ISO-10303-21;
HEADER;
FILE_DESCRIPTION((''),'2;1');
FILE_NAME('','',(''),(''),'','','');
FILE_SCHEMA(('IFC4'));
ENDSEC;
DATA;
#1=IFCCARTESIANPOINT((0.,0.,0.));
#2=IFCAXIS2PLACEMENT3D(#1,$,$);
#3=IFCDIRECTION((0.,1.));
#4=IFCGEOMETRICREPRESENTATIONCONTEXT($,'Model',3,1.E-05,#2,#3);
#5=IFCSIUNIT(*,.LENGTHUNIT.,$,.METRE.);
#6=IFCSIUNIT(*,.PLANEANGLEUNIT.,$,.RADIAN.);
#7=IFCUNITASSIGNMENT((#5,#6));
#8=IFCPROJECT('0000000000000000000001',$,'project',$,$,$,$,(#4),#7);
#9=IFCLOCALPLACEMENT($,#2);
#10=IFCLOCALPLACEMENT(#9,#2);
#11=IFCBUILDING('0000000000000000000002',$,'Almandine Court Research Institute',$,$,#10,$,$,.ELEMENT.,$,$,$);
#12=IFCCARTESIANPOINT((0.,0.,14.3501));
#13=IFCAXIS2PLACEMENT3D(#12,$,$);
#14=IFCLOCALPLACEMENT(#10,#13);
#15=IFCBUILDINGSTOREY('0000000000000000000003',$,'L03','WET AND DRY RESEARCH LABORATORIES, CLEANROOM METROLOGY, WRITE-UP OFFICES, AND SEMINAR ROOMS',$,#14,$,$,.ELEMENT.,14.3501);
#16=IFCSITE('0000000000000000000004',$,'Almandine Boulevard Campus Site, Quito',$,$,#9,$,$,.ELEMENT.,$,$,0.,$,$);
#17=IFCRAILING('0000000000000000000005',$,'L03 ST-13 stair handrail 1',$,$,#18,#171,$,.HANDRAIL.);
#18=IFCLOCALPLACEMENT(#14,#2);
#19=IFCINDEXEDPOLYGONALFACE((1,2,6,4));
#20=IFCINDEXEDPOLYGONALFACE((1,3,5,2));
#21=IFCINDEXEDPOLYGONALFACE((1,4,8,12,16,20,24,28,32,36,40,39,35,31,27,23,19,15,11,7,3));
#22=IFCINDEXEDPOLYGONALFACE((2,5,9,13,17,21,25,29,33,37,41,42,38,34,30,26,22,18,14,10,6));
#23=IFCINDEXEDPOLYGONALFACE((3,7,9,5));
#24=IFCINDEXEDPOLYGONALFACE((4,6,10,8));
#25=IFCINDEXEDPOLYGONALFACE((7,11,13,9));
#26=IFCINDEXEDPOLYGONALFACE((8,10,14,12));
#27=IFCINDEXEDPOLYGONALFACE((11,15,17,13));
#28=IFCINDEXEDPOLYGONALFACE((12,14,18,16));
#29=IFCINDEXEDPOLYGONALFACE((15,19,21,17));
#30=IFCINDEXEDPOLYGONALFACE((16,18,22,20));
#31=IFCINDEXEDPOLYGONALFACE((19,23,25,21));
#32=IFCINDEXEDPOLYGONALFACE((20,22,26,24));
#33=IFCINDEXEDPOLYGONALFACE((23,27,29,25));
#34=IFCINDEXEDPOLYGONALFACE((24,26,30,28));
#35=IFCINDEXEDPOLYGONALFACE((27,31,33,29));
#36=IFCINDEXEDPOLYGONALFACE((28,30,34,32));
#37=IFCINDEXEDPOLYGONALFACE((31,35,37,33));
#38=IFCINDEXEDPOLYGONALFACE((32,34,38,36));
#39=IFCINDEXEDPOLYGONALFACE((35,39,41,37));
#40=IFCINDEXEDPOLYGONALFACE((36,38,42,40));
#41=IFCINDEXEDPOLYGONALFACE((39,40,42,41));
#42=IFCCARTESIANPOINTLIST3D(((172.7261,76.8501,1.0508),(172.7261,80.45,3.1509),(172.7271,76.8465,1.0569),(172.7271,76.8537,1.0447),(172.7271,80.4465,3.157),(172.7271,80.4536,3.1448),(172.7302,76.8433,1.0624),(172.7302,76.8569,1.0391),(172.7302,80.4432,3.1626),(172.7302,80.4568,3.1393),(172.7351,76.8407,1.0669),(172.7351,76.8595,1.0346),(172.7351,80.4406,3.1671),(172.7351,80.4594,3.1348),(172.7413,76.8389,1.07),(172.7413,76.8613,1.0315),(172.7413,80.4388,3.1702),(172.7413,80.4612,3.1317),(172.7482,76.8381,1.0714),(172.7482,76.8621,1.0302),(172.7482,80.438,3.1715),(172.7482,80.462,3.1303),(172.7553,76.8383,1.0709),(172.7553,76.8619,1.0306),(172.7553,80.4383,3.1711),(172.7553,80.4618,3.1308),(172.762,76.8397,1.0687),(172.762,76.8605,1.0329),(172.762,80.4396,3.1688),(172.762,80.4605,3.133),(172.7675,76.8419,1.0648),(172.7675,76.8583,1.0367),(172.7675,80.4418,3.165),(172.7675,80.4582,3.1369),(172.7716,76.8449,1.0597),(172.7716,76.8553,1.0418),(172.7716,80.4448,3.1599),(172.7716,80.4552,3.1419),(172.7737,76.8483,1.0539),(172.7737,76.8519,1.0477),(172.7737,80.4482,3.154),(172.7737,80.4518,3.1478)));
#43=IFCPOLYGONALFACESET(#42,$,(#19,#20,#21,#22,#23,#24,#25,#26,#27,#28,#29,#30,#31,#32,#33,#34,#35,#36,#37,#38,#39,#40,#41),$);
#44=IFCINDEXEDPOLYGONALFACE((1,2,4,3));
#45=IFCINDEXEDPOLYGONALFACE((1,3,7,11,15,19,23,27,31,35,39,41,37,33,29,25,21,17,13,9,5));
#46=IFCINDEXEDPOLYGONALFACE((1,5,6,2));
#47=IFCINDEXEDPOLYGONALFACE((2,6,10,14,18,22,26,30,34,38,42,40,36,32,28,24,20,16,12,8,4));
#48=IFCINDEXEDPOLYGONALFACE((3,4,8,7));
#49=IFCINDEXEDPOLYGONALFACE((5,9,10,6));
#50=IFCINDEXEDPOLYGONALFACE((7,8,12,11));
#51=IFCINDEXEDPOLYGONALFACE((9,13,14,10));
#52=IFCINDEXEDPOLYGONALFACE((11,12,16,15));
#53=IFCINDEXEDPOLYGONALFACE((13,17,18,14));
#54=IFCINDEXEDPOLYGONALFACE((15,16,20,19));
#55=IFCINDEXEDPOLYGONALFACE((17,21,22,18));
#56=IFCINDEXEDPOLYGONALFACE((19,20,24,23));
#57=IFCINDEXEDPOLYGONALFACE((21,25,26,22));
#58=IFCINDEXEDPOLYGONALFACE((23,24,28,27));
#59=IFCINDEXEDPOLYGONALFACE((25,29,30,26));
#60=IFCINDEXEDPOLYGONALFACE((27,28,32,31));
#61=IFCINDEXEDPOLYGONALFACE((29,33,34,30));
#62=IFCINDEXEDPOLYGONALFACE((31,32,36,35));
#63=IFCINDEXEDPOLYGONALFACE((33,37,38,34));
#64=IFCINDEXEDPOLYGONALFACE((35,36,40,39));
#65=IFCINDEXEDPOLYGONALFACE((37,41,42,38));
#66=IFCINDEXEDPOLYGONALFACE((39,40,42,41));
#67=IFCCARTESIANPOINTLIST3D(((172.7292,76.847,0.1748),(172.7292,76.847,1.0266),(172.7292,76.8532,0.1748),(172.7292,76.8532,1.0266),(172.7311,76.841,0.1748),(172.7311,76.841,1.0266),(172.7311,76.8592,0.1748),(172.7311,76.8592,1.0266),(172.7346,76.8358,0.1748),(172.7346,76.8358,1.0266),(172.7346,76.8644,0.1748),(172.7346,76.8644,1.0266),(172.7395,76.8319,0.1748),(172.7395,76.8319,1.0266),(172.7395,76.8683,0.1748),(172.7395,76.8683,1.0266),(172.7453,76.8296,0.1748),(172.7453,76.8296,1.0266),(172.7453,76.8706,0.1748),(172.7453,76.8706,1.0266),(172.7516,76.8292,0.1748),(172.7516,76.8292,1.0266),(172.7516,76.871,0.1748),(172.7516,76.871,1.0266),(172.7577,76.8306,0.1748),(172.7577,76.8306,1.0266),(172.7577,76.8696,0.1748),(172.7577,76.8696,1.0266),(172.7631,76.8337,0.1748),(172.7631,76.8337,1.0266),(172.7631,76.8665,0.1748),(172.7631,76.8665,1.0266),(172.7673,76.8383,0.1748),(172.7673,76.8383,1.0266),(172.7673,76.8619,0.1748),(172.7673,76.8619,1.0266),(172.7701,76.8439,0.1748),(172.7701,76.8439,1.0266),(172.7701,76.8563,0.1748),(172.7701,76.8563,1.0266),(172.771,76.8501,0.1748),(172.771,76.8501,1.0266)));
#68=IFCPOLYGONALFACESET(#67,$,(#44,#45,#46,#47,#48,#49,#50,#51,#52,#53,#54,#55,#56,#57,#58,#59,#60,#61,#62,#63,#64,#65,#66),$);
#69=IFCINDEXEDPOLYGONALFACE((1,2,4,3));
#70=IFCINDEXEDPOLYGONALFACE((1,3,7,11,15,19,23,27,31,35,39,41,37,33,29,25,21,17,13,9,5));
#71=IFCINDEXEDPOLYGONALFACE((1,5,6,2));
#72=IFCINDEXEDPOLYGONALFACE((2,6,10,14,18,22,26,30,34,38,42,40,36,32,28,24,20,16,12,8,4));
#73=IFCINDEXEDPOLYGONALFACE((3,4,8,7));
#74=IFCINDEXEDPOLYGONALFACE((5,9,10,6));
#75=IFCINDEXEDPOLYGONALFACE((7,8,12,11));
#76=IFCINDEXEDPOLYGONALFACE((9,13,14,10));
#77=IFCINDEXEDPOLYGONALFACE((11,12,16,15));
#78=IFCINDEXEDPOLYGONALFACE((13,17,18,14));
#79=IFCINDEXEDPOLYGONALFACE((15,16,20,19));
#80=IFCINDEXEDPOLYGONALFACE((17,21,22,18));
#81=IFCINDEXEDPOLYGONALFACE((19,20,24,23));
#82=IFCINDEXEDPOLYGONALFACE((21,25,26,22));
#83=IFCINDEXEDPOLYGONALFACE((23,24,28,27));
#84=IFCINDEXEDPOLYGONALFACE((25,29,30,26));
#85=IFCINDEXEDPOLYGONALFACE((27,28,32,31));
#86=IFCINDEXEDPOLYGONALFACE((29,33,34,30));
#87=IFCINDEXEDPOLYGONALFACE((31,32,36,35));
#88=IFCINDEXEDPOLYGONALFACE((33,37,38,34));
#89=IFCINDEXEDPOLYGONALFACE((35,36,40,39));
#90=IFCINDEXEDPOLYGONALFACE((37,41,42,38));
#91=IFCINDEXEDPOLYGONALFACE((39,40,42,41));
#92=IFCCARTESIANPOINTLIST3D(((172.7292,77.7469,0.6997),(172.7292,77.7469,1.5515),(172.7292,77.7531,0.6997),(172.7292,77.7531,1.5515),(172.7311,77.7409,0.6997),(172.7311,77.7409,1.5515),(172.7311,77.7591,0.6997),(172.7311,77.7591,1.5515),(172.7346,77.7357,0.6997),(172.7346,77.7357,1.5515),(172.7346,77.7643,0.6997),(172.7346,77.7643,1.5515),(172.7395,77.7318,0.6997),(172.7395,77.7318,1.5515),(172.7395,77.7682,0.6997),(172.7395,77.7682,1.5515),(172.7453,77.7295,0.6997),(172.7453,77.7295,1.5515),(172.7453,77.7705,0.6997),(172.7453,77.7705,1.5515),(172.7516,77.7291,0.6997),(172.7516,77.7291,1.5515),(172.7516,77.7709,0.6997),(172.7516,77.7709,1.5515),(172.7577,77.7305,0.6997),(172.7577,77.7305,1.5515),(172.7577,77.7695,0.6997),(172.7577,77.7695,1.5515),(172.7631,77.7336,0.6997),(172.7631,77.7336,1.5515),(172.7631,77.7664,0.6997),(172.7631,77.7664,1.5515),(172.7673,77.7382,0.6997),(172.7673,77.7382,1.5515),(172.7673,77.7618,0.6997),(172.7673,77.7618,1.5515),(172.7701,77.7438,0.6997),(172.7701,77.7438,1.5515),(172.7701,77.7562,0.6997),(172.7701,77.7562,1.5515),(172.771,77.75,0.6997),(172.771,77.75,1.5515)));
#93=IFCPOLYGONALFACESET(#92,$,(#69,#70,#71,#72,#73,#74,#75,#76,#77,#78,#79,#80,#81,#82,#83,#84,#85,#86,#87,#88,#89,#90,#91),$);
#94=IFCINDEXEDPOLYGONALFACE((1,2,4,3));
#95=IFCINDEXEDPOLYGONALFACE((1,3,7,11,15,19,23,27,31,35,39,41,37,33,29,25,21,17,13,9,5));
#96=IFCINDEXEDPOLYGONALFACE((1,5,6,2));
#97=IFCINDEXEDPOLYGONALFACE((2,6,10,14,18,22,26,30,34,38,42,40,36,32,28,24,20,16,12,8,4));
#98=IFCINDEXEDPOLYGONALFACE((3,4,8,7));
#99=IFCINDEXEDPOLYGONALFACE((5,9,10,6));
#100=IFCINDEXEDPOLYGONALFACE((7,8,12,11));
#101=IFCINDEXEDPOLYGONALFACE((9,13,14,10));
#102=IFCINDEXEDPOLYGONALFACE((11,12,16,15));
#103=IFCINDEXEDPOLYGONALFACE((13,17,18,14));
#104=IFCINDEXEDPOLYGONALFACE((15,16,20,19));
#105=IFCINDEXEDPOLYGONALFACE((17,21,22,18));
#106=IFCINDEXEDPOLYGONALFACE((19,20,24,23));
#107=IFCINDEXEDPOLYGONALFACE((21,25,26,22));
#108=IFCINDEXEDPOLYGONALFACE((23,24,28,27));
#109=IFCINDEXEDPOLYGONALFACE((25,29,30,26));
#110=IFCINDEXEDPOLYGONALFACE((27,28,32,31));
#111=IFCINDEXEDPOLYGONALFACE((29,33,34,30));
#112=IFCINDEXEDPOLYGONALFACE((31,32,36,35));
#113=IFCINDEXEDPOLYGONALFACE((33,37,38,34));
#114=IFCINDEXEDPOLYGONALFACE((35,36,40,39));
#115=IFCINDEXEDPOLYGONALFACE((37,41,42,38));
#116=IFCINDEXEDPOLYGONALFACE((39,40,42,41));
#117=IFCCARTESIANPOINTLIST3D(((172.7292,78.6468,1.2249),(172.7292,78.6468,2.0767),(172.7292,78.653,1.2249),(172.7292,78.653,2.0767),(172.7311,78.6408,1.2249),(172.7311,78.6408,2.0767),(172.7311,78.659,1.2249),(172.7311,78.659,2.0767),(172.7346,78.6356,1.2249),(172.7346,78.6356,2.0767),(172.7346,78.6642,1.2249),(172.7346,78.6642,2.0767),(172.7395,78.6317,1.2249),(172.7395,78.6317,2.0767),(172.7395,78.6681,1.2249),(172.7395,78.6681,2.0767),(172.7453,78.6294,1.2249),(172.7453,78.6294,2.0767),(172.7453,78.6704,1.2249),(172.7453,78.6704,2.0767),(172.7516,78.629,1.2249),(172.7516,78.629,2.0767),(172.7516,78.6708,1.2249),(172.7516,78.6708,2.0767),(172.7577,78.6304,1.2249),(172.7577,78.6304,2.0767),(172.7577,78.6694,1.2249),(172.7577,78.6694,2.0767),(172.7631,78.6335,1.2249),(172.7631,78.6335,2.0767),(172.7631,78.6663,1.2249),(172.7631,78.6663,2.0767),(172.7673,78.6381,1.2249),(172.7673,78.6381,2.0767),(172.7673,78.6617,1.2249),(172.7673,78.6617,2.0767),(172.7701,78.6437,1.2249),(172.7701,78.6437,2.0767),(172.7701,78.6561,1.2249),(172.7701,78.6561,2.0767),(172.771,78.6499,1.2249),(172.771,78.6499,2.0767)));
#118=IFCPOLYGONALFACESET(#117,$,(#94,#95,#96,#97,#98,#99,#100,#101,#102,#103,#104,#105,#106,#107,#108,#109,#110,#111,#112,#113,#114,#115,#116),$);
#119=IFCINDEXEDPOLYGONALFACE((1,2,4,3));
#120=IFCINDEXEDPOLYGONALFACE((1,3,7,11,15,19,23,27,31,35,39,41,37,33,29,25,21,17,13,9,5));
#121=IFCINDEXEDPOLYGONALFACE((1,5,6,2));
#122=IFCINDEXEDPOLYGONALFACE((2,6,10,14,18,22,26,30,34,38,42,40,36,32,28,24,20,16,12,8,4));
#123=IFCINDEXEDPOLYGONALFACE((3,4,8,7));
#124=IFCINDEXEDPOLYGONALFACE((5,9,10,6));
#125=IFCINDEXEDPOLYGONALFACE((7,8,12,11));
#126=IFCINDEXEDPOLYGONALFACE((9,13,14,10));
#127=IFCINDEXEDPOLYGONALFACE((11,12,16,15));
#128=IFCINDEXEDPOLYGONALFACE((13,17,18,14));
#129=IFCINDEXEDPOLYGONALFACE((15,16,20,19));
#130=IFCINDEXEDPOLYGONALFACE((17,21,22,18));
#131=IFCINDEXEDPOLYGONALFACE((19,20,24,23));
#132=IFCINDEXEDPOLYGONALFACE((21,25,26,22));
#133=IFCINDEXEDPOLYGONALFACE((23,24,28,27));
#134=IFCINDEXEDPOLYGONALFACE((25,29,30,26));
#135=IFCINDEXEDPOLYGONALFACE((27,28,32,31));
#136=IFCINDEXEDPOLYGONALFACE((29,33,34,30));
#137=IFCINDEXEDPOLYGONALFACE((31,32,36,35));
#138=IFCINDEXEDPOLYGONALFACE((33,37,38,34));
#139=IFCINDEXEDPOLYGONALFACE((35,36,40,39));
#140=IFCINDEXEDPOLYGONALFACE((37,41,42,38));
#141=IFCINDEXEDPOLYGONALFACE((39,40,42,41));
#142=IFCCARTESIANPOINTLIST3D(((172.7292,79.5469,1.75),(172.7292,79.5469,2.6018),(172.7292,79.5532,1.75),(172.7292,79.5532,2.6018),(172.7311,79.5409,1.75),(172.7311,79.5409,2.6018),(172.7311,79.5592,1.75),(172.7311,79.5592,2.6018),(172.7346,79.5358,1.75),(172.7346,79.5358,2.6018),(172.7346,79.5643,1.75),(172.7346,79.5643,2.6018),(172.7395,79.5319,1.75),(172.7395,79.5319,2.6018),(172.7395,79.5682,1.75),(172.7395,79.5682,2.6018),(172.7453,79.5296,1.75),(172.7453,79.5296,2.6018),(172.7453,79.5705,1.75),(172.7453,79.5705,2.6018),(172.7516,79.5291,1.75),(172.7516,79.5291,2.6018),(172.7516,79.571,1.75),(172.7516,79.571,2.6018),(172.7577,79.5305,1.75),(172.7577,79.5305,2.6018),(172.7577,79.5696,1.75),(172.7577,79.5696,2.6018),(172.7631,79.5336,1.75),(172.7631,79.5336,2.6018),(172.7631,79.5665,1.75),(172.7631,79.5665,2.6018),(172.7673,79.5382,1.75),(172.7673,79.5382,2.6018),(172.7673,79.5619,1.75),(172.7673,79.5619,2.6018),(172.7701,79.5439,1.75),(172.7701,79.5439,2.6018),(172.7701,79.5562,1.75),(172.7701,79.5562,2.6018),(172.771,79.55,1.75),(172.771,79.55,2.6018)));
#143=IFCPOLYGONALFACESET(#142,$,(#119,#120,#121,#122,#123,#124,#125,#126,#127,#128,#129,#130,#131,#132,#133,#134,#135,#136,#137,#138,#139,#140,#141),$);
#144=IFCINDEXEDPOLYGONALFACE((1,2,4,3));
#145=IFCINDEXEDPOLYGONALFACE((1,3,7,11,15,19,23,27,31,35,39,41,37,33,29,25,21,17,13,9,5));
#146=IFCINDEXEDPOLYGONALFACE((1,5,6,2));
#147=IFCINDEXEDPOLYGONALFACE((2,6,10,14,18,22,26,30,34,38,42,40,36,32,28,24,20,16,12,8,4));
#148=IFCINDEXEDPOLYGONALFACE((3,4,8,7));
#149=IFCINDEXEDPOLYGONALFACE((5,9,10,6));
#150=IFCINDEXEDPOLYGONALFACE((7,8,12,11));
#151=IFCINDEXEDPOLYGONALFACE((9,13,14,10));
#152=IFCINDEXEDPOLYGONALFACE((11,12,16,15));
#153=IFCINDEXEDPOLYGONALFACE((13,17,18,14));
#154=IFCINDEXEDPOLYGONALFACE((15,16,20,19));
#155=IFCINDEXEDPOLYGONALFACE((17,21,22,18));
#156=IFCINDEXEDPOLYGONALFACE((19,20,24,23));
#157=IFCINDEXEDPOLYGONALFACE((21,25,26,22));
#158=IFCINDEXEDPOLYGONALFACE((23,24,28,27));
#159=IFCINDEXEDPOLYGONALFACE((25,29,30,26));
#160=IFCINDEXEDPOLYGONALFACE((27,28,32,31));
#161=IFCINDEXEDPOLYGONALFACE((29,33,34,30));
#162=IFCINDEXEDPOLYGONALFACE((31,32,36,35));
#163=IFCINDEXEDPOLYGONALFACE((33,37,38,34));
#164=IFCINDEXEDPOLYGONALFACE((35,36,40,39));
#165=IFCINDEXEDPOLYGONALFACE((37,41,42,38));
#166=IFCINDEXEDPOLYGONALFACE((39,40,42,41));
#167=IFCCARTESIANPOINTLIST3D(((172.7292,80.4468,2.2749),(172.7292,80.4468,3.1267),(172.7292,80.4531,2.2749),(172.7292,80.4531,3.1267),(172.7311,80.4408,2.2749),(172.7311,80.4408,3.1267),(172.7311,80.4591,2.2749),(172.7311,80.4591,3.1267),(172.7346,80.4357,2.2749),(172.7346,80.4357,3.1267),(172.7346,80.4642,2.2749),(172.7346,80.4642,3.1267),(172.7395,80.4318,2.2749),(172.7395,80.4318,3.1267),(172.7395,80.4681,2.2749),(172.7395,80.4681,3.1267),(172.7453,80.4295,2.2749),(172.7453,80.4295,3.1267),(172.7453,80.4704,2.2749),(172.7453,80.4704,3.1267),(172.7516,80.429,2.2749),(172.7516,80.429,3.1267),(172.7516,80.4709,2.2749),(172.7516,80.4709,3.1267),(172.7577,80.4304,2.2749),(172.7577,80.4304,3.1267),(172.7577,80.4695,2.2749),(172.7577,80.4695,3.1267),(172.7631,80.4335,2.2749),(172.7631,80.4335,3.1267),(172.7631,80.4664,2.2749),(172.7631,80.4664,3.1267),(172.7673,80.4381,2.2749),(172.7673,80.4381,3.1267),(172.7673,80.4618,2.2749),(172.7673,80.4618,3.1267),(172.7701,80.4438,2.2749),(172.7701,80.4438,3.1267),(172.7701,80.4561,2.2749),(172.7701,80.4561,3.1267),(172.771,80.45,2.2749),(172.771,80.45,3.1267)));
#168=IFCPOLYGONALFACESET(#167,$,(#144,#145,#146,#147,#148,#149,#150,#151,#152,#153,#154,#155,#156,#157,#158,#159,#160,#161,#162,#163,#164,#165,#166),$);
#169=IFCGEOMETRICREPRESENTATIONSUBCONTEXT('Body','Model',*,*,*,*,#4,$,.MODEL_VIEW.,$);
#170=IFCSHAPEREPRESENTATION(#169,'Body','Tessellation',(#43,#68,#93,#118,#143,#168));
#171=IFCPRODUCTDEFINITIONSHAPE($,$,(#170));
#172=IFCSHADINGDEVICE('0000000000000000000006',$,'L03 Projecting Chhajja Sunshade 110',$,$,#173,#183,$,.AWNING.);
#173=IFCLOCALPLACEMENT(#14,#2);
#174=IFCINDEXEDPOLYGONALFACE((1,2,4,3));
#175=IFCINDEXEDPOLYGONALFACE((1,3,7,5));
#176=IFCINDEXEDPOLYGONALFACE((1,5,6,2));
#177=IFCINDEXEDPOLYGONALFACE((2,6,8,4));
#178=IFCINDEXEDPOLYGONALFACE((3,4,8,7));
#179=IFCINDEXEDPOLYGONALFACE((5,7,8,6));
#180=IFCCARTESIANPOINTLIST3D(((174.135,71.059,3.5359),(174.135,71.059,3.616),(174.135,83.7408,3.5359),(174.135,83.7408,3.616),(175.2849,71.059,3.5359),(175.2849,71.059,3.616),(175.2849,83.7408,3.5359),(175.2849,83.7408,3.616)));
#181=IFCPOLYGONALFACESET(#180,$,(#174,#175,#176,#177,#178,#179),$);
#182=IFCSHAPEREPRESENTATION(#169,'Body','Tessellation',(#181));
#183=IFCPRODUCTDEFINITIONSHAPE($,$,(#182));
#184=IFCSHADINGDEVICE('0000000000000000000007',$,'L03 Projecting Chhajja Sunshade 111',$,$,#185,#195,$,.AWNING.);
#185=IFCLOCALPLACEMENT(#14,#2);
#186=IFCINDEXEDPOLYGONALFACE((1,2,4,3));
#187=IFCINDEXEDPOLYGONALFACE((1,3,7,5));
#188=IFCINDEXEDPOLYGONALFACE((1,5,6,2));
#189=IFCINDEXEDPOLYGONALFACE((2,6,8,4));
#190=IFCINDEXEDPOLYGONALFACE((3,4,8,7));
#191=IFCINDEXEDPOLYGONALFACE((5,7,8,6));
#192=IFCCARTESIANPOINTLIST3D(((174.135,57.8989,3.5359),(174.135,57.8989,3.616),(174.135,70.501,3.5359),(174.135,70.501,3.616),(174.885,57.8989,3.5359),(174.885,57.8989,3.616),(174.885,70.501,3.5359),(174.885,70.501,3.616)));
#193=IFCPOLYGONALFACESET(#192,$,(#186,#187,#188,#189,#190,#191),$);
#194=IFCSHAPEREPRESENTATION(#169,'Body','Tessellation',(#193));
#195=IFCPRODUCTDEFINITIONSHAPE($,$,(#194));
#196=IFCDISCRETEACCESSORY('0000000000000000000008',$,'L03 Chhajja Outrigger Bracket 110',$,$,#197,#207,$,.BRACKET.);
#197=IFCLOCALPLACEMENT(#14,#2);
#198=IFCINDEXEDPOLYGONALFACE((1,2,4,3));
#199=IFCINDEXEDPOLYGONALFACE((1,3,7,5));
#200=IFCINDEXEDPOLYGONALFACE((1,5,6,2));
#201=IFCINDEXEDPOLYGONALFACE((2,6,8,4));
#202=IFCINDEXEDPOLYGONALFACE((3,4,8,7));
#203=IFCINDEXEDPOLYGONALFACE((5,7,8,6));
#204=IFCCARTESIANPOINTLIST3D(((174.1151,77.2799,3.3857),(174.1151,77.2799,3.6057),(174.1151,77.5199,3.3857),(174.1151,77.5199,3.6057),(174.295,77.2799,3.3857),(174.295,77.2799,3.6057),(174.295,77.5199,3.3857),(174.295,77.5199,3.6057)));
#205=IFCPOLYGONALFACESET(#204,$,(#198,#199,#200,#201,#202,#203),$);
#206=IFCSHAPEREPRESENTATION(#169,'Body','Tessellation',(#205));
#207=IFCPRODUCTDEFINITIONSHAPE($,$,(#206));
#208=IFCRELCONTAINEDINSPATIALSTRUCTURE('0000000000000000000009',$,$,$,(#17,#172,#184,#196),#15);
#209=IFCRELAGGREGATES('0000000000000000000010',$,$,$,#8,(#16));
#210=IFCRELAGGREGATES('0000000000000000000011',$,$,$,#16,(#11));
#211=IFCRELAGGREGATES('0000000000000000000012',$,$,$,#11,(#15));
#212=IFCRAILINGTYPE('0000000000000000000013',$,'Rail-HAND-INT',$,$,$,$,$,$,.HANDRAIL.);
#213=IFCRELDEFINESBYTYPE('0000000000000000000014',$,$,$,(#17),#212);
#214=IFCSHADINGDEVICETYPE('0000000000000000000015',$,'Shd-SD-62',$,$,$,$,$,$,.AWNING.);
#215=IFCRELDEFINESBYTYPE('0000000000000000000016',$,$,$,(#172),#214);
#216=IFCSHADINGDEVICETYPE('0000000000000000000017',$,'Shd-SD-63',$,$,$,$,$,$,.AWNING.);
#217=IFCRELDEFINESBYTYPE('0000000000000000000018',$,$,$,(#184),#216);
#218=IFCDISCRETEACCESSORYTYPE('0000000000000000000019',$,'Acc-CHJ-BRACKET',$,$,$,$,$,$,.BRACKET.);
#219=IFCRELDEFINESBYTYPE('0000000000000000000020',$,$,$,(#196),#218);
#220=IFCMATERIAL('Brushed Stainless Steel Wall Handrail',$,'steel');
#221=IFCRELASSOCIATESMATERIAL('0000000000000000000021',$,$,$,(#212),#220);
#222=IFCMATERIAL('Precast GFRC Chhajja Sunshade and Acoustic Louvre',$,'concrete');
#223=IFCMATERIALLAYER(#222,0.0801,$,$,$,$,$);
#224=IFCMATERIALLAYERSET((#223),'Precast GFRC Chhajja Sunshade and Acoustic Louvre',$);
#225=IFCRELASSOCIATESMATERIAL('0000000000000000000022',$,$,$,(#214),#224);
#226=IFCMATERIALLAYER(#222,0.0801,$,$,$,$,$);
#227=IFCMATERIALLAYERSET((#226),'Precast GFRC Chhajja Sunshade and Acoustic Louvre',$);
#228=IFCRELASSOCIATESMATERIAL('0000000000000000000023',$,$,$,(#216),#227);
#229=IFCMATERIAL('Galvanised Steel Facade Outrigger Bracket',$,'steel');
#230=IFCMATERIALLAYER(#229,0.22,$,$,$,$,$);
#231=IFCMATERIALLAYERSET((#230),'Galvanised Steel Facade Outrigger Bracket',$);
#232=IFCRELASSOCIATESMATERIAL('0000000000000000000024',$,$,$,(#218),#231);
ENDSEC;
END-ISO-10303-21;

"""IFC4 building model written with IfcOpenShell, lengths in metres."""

from ifc_helpers import new_model, si_unit, direction, frame, origin, origin_2d, place, context, subcontext, project, spatial, rectangle, circle, extrude, material, layer, layer_set, type_object, element, save


model = new_model("IFC4")

# Units and contexts
model_context = context("Model", 3, precision=1e-05, world=origin(), true_north=direction((0.0, 1.0)))
body_context = subcontext(model_context, "Body", "Model", "MODEL_VIEW")
ifc_project = project(units=[si_unit("LENGTHUNIT", "METRE"), si_unit("PLANEANGLEUNIT", "RADIAN")], contexts=[model_context])

# Site, building, storey
site_placement = place(None, origin())
site = spatial("IfcSite", under=ifc_project, at=site_placement, Name="Almandine Boulevard Campus Site, Quito", CompositionType="ELEMENT", RefElevation=0.0)
building_placement = place(site_placement, origin())
building = spatial("IfcBuilding", under=site, at=building_placement, Name="Almandine Court Research Institute", CompositionType="ELEMENT")
storey_placement = place(building_placement, frame((0.0, 0.0, 14.3501)))
storey = spatial("IfcBuildingStorey", under=building, at=storey_placement, Name="L03", Description="WET AND DRY RESEARCH LABORATORIES, CLEANROOM METROLOGY, WRITE-UP OFFICES, AND SEMINAR ROOMS", CompositionType="ELEMENT", Elevation=14.3501)

# Railing
ifc_material_1 = material(Name="Brushed Stainless Steel Wall Handrail", Category="steel")
railing_type_1 = type_object("IfcRailingType", Name="Rail-HAND-INT", PredefinedType="HANDRAIL", material=ifc_material_1)
railing_1_placement = place(storey_placement, frame((172.75, 76.8501, 0.1748)))
element("IfcRailing", 1, at=railing_1_placement, inside=storey, type_object=railing_type_1, Name="L03 ST-13 stair handrail 1", PredefinedType="HANDRAIL", context=body_context, shape_type="SweptSolid", body=[
    extrude(circle(Radius=0.0239, at=origin_2d()), frame((0.0, 0.0, 0.876), z_axis=(0.0, 0.86376, 0.503904), x_axis=(-1.0, 0.0, 0.0)), (0.0, 0.0, 1.0), 4.1677),
    extrude(circle(Radius=0.021, at=origin_2d()), origin(), (0.0, 0.0, 1.0), 0.8518),
    extrude(circle(Radius=0.021, at=origin_2d()), frame((0.0, 0.8999, 0.5249)), (0.0, 0.0, 1.0), 0.8518),
    extrude(circle(Radius=0.021, at=origin_2d()), frame((0.0, 1.7998, 1.05)), (0.0, 0.0, 1.0), 0.8518),
    extrude(circle(Radius=0.021, at=origin_2d()), frame((0.0, 2.7, 1.5752)), (0.0, 0.0, 1.0), 0.8518),
    extrude(circle(Radius=0.021, at=origin_2d()), frame((0.0, 3.5999, 2.1001)), (0.0, 0.0, 1.0), 0.8518),
])

# Shading devices
ifc_material_2 = material(Name="Precast GFRC Chhajja Sunshade and Acoustic Louvre", Category="concrete")
ifc_layer_1 = layer(ifc_material_2, 0.0801)
ifc_layer_set_1 = layer_set([ifc_layer_1], Name="Precast GFRC Chhajja Sunshade and Acoustic Louvre")
shading_device_type_1 = type_object("IfcShadingDeviceType", Name="Shd-SD-62", PredefinedType="AWNING", material=ifc_layer_set_1)
shading_device_1_placement = place(storey_placement, frame((174.71, 77.3999, 3.5359), z_axis=(0.0, 0.0, 1.0), x_axis=(0.0, -1.0, 0.0)))
element("IfcShadingDevice", 2, at=shading_device_1_placement, inside=storey, type_object=shading_device_type_1, Name="L03 Projecting Chhajja Sunshade 110", PredefinedType="AWNING", context=body_context, shape_type="SweptSolid", body=[
    extrude(rectangle(XDim=12.6819, YDim=1.1499, at=origin_2d()), origin(), (0.0, 0.0, 1.0), 0.0801),
])
ifc_layer_2 = layer(ifc_material_2, 0.0801)
ifc_layer_set_2 = layer_set([ifc_layer_2], Name="Precast GFRC Chhajja Sunshade and Acoustic Louvre")
shading_device_type_2 = type_object("IfcShadingDeviceType", Name="Shd-SD-63", PredefinedType="AWNING", material=ifc_layer_set_2)
shading_device_2_placement = place(storey_placement, frame((174.51, 64.2, 3.5359), z_axis=(0.0, 0.0, 1.0), x_axis=(0.0, -1.0, 0.0)))
element("IfcShadingDevice", 3, at=shading_device_2_placement, inside=storey, type_object=shading_device_type_2, Name="L03 Projecting Chhajja Sunshade 111", PredefinedType="AWNING", context=body_context, shape_type="SweptSolid", body=[
    extrude(rectangle(XDim=12.6021, YDim=0.75, at=origin_2d()), origin(), (0.0, 0.0, 1.0), 0.0801),
])

# Discrete accessory
ifc_material_3 = material(Name="Galvanised Steel Facade Outrigger Bracket", Category="steel")
ifc_layer_3 = layer(ifc_material_3, 0.22)
ifc_layer_set_3 = layer_set([ifc_layer_3], Name="Galvanised Steel Facade Outrigger Bracket")
discrete_accessory_type = type_object("IfcDiscreteAccessoryType", Name="Acc-CHJ-BRACKET", PredefinedType="BRACKET", material=ifc_layer_set_3)
for number, where, z_axis, x_axis, name in (
    (4, (174.2051, 77.3999, 3.3857), (0.0, 0.0, 1.0), (0.0, -1.0, 0.0), "L03 Chhajja Outrigger Bracket 110"),
):
    element("IfcDiscreteAccessory", number, at=place(storey_placement, frame(where, z_axis=z_axis, x_axis=x_axis)), inside=storey, type_object=discrete_accessory_type, Name=name, PredefinedType="BRACKET", context=body_context, shape_type="SweptSolid", body=[
        extrude(rectangle(XDim=0.24, YDim=0.1799, at=origin_2d()), origin(), (0.0, 0.0, 1.0), 0.22),
    ])

save(model, "model.ifc")
